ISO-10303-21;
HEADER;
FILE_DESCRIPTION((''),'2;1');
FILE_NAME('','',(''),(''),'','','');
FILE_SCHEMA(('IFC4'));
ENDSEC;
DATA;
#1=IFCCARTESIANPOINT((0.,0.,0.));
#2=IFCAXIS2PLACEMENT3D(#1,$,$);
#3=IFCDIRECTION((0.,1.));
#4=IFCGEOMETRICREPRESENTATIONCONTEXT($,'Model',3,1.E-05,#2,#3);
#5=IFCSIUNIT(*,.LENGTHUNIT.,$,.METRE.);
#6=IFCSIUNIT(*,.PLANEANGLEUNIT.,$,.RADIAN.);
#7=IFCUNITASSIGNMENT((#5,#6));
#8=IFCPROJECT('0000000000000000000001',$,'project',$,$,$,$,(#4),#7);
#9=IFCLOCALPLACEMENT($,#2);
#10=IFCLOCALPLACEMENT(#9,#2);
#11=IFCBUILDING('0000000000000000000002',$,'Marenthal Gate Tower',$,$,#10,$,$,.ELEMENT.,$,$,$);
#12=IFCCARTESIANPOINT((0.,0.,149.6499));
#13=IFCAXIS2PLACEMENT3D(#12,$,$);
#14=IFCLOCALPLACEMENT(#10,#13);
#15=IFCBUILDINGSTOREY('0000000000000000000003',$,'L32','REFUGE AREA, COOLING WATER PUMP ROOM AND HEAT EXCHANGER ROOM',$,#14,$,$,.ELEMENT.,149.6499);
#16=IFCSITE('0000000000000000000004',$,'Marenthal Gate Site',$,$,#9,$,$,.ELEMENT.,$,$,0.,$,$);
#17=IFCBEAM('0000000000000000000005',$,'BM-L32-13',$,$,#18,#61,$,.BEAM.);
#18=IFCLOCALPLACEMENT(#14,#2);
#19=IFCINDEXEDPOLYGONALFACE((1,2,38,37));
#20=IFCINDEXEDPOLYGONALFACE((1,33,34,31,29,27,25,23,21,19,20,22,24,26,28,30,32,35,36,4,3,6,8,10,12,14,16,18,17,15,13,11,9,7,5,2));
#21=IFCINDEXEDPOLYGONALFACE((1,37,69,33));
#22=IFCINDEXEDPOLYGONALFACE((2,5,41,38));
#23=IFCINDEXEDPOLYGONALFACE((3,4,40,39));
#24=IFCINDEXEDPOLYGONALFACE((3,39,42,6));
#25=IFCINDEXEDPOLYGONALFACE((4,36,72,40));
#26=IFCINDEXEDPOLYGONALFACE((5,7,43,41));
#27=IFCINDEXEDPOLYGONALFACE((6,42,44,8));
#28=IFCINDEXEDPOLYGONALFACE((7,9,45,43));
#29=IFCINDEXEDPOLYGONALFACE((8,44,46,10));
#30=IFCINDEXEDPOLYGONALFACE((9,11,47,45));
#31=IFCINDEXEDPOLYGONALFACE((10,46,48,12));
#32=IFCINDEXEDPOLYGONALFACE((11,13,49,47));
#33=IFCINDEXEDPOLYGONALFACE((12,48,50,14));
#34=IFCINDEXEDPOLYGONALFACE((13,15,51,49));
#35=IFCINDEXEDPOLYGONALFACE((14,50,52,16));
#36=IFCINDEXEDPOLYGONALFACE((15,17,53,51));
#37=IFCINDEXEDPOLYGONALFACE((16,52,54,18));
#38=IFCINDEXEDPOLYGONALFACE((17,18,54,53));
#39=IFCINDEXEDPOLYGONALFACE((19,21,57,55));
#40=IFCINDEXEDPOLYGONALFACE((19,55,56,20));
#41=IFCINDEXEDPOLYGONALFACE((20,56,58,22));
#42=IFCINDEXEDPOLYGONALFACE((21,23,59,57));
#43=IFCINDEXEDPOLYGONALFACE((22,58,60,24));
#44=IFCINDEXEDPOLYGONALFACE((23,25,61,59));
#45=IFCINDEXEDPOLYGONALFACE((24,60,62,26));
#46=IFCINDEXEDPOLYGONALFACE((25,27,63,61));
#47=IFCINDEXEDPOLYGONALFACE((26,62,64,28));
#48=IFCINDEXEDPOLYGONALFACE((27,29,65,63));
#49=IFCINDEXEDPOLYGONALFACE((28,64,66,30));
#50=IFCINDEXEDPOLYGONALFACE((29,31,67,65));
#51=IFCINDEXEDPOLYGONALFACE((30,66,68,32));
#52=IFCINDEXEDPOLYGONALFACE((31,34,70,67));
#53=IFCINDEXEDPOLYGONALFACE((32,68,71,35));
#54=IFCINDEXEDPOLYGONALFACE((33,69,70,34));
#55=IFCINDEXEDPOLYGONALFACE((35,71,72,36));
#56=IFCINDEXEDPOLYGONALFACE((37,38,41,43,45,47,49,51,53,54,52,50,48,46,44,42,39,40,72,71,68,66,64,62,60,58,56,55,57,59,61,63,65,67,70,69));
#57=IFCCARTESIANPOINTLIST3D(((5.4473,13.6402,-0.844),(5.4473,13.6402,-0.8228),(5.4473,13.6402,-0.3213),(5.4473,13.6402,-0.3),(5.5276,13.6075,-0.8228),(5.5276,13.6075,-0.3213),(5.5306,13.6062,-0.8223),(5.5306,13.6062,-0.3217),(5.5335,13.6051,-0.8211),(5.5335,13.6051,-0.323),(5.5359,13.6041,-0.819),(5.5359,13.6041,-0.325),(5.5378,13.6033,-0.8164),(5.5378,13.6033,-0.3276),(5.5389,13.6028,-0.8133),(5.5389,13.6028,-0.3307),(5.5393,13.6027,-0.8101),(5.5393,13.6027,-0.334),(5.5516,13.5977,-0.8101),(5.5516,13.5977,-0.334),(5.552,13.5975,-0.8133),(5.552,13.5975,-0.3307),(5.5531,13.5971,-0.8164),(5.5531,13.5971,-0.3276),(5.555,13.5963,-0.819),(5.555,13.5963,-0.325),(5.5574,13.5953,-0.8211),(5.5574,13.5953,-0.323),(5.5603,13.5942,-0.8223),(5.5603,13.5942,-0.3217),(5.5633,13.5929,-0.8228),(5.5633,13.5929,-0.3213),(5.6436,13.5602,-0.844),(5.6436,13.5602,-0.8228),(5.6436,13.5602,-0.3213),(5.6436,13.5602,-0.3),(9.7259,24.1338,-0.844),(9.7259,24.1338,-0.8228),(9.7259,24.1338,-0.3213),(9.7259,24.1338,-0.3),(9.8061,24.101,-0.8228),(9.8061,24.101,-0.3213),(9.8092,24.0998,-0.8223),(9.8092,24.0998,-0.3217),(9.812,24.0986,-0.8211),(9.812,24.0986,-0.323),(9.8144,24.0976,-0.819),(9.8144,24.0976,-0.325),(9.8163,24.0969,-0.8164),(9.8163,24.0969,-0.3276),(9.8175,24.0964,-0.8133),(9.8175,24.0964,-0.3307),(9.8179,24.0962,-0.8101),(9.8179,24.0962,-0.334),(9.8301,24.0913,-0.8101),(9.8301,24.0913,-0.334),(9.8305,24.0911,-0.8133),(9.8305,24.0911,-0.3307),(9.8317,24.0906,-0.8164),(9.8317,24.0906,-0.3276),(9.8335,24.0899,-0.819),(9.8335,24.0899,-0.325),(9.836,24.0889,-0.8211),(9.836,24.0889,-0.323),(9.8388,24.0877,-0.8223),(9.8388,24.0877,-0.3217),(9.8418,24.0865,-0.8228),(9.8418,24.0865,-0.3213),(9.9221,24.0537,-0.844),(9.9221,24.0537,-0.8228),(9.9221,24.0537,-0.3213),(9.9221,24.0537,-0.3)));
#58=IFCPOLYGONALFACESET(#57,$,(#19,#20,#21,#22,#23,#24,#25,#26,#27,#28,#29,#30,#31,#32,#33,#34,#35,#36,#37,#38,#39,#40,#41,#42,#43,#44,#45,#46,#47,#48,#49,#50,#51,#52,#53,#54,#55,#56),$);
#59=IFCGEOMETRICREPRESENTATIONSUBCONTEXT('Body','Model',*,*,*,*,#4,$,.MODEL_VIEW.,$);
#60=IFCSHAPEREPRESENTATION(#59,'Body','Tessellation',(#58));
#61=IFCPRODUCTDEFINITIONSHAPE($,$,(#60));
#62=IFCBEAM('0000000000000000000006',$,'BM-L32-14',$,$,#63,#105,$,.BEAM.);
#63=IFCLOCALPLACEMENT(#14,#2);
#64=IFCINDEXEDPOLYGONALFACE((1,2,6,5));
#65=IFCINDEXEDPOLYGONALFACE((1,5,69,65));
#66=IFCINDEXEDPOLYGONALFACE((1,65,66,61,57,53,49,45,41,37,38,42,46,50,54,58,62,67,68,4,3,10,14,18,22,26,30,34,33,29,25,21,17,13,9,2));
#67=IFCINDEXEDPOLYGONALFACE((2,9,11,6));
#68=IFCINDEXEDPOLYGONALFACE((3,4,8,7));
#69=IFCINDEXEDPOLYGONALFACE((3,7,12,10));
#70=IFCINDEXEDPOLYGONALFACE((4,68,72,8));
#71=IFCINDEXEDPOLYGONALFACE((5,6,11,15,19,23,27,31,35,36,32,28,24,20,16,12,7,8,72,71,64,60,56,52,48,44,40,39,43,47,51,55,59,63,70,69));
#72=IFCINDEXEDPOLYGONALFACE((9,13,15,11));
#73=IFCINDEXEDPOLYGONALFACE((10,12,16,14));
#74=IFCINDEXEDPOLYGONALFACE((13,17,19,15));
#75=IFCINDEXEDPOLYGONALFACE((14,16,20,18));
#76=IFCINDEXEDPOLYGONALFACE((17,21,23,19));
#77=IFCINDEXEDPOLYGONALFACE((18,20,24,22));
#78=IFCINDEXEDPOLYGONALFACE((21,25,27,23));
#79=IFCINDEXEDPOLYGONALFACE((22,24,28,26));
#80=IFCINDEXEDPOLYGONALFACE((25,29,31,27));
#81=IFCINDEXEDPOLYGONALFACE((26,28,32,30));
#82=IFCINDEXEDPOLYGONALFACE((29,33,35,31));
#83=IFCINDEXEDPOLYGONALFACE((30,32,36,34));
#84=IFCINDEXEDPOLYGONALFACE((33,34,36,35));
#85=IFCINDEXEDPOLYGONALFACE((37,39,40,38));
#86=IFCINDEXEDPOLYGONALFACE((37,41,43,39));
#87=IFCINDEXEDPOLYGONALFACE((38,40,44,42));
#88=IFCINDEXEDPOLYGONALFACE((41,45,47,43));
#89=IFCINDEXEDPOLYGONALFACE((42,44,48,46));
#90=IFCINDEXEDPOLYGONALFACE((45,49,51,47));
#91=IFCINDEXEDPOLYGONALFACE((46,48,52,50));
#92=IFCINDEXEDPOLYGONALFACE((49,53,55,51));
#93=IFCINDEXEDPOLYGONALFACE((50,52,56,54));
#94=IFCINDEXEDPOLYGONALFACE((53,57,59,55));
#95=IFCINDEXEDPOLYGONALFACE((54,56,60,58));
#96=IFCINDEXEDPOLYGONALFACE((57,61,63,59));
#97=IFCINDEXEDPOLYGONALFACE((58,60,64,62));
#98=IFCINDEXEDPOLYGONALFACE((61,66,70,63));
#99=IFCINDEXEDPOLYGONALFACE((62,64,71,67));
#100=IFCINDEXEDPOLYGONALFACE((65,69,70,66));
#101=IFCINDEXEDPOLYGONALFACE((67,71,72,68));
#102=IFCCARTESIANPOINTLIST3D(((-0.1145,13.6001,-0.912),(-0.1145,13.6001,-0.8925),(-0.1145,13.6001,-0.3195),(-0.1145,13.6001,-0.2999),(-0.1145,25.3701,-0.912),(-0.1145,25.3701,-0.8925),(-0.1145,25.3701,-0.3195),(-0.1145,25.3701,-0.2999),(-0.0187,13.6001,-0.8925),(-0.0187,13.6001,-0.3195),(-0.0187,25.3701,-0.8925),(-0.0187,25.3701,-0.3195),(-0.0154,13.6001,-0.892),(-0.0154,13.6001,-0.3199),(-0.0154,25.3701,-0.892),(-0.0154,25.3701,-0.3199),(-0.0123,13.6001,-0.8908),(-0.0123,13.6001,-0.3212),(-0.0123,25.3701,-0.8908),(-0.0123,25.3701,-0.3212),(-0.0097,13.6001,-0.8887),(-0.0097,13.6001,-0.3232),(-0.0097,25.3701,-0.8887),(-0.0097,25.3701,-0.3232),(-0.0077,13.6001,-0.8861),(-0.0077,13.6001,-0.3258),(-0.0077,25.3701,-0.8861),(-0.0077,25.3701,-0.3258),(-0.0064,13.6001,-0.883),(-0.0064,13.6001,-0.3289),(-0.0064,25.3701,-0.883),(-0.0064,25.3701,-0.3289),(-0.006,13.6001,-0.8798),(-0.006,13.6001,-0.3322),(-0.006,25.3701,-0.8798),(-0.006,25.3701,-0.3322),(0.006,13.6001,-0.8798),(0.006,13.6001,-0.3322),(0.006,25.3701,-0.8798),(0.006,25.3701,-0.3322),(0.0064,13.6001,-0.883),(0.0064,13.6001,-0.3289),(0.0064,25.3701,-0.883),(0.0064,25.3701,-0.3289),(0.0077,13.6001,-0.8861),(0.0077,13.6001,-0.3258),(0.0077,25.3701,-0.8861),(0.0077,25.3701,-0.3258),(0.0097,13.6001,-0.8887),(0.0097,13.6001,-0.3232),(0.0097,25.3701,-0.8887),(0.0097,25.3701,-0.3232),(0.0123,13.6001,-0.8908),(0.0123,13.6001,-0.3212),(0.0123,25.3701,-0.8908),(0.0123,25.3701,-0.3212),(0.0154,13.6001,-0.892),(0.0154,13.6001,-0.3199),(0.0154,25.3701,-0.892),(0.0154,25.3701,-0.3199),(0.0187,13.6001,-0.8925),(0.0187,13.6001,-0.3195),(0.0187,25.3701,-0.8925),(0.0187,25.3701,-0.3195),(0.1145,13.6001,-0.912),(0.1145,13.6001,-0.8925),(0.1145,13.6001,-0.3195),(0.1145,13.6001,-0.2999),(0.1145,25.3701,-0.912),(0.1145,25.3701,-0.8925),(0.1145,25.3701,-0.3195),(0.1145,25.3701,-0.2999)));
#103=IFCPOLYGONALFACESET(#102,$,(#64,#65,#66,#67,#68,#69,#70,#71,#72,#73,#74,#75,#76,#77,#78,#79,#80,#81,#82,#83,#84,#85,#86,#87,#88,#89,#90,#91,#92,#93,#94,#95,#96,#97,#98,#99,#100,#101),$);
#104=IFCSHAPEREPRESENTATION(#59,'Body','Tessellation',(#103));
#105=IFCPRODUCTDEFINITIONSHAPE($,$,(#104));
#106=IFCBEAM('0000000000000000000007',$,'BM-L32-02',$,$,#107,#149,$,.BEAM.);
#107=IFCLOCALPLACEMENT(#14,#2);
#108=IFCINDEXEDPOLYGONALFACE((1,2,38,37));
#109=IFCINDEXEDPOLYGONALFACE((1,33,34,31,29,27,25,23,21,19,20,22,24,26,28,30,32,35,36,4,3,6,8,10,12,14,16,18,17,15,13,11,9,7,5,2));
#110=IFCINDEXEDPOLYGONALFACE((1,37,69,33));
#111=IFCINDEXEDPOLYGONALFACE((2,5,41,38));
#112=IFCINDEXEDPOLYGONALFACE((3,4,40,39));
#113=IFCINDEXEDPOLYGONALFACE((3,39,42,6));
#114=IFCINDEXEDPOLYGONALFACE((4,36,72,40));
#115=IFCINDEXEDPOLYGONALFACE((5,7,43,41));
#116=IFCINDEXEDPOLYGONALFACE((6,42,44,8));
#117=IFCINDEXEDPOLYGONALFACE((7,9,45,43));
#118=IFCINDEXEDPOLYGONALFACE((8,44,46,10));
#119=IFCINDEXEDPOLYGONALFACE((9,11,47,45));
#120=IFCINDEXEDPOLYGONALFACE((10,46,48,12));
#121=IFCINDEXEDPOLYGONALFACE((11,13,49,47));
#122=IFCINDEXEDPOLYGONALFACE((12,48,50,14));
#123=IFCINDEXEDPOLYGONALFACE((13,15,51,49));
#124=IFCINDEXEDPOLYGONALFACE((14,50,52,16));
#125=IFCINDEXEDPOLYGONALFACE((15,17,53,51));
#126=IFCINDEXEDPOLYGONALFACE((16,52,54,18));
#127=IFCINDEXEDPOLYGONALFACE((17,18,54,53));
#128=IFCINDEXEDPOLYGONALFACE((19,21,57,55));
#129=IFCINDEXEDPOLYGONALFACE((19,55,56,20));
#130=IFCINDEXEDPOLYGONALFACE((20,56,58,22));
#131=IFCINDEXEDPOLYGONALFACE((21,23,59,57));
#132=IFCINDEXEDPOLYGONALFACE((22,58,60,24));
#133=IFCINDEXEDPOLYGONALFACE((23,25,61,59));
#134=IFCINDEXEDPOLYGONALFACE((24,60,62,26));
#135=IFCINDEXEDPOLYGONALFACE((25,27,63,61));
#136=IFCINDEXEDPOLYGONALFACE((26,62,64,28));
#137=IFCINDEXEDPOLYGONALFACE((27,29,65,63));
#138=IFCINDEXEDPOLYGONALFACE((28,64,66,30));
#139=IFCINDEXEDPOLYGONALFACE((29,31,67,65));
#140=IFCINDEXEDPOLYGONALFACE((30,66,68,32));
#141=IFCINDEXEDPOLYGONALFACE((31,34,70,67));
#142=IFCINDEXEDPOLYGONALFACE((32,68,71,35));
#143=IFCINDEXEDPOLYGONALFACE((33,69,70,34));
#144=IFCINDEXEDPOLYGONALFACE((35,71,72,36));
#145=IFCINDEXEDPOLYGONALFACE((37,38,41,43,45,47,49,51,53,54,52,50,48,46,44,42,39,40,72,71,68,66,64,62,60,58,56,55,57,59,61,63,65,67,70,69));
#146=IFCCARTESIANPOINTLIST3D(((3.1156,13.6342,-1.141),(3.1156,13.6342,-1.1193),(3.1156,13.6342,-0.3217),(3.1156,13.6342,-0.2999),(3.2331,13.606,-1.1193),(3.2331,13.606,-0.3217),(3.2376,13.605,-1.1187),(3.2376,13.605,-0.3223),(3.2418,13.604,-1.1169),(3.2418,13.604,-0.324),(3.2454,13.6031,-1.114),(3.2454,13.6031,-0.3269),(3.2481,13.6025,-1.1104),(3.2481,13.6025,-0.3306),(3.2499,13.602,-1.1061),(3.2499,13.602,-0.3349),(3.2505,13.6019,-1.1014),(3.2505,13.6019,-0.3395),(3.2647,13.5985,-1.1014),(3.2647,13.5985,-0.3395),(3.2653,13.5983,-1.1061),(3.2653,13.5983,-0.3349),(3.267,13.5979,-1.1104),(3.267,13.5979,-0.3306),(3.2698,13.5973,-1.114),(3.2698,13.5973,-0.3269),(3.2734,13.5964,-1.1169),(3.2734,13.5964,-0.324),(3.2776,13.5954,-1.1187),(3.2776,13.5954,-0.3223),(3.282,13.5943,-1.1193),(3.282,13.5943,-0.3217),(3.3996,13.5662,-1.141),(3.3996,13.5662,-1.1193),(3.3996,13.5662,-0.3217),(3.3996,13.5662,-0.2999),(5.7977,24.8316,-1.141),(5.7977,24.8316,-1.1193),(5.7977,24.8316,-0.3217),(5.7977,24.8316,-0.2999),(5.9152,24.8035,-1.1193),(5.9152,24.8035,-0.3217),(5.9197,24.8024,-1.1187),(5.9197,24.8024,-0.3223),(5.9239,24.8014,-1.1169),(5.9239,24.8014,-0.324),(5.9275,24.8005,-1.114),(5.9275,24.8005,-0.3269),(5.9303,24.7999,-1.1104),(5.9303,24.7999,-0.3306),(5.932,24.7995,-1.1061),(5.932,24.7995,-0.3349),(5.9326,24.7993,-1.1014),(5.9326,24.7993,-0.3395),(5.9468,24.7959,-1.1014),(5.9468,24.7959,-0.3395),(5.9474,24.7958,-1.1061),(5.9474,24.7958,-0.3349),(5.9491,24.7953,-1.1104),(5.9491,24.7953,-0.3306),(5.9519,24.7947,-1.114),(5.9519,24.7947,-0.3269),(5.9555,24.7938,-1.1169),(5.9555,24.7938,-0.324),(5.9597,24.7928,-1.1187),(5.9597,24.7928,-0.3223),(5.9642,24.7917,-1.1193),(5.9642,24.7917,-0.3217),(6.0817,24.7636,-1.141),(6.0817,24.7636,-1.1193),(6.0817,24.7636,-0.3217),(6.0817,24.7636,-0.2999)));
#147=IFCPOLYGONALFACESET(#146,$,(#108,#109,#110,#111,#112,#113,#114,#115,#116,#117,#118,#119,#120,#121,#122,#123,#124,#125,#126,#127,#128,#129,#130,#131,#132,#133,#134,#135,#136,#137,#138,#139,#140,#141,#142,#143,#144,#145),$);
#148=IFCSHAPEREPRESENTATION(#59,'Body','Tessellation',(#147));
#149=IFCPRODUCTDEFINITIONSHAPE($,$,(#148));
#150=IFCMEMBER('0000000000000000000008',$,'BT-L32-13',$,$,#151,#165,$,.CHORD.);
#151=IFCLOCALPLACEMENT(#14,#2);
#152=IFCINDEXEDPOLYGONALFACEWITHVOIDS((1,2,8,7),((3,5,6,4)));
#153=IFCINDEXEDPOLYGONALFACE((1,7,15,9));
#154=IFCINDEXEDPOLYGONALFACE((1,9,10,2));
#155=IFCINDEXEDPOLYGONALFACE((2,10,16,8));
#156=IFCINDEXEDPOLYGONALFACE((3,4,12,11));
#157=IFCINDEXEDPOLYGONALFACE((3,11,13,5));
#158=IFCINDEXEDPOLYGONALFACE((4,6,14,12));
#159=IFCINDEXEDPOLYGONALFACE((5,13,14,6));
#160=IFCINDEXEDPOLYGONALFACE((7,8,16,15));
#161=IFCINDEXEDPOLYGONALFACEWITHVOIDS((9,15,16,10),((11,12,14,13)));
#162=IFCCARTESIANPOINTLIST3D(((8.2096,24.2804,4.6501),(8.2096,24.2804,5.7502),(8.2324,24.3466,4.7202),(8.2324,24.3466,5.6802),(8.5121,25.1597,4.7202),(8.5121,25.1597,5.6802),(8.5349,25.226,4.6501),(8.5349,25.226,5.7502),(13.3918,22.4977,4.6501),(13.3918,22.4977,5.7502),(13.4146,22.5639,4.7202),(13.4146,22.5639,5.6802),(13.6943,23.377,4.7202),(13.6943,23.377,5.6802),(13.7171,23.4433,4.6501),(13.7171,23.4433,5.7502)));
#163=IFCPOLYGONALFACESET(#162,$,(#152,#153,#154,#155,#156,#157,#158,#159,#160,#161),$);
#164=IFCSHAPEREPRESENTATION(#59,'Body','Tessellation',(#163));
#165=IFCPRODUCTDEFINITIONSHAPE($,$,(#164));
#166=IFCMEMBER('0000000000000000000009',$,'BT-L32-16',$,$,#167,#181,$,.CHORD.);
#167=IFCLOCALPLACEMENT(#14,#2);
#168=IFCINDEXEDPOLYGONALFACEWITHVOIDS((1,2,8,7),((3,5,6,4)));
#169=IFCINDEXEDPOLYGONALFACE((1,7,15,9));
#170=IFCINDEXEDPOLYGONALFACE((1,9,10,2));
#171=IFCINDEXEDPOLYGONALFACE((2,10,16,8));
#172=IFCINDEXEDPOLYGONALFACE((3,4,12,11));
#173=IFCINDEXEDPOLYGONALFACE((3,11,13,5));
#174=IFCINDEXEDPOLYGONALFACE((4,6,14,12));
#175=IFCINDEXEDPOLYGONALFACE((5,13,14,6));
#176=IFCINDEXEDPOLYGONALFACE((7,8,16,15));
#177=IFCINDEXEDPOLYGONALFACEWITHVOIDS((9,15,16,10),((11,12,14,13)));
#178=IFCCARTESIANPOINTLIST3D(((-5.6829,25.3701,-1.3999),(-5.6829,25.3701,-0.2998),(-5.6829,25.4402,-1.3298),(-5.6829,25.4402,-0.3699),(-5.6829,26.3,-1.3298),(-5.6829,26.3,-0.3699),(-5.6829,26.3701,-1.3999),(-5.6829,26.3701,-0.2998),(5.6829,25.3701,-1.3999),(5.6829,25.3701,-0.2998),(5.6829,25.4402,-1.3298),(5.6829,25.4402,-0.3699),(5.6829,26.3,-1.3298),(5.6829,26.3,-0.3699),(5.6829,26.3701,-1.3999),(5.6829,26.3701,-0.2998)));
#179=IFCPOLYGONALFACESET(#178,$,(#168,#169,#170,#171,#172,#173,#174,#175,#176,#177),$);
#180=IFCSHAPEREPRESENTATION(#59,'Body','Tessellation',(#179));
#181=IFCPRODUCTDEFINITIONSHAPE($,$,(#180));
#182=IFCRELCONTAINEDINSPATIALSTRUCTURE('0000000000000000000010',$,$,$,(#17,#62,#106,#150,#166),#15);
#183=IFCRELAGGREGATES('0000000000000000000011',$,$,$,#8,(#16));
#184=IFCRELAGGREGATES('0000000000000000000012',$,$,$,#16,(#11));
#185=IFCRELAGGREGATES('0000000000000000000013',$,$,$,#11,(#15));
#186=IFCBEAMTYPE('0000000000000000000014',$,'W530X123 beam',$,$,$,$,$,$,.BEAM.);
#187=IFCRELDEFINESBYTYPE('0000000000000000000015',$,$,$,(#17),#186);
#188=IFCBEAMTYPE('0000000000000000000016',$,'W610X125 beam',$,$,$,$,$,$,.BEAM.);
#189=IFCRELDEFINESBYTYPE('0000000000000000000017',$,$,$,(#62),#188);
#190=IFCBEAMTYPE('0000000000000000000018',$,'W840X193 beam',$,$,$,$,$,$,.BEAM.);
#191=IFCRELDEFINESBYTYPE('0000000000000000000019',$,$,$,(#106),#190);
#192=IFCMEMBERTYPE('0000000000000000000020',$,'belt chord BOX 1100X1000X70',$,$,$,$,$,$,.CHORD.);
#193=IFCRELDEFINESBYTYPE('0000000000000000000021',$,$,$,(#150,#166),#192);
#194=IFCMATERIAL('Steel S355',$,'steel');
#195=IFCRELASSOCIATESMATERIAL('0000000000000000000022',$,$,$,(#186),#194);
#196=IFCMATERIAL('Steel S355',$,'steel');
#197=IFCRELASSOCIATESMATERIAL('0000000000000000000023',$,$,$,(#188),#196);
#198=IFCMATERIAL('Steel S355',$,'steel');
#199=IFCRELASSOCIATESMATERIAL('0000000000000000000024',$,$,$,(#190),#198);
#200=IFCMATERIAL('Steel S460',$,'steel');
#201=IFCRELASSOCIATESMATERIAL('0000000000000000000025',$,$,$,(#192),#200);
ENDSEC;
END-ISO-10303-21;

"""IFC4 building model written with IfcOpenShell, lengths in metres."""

from ifc_helpers import new_model, si_unit, direction, frame, origin, origin_2d, place, context, subcontext, project, spatial, hollow_rectangle, i_section, extrude, material, material_profile, profile_set, type_object, element, save


model = new_model("IFC4")

# Units and contexts
model_context = context("Model", 3, precision=1e-05, world=origin(), true_north=direction((0.0, 1.0)))
body_context = subcontext(model_context, "Body", "Model", "MODEL_VIEW")
ifc_project = project(units=[si_unit("LENGTHUNIT", "METRE"), si_unit("PLANEANGLEUNIT", "RADIAN")], contexts=[model_context])

# Site, building, storey
site_placement = place(None, origin())
site = spatial("IfcSite", under=ifc_project, at=site_placement, Name="Marenthal Gate Site", CompositionType="ELEMENT", RefElevation=0.0)
building_placement = place(site_placement, origin())
building = spatial("IfcBuilding", under=site, at=building_placement, Name="Marenthal Gate Tower", CompositionType="ELEMENT")
storey_placement = place(building_placement, frame((0.0, 0.0, 149.6499)))
storey = spatial("IfcBuildingStorey", under=building, at=storey_placement, Name="L32", Description="REFUGE AREA, COOLING WATER PUMP ROOM AND HEAT EXCHANGER ROOM", CompositionType="ELEMENT", Elevation=149.6499)

# Beams
ifc_material_1 = material(Name="Steel S355", Category="steel")
ifc_material_profile_1 = material_profile(ifc_material_1, i_section(OverallWidth=0.2119, OverallDepth=0.5439, WebThickness=0.0132, FlangeThickness=0.0212, FilletRadius=0.0127, at=origin_2d()), Name="W530X123")
ifc_profile_set_1 = profile_set([ifc_material_profile_1], Name="Steel S355")
beam_type_1 = type_object("IfcBeamType", Name="W530X123 beam", PredefinedType="BEAM", material=ifc_profile_set_1)
beam_1_placement = place(storey_placement, frame((9.824, 24.0938, -0.572), z_axis=(-0.377552, -0.925988, 0.0), x_axis=(0.925988, -0.377552, 0.0)))
element("IfcBeam", 1, at=beam_1_placement, inside=storey, type_object=beam_type_1, Name="BM-L32-13", PredefinedType="BEAM", context=body_context, shape_type="SweptSolid", body=[
    extrude(i_section(OverallWidth=0.2119, OverallDepth=0.5439, WebThickness=0.0132, FlangeThickness=0.0212, FilletRadius=0.0127, at=origin_2d()), origin(), (0.0, 0.0, 1.0), 11.3323),
])
ifc_material_2 = material(Name="Steel S355", Category="steel")
ifc_material_profile_2 = material_profile(ifc_material_2, i_section(OverallWidth=0.229, OverallDepth=0.6121, WebThickness=0.012, FlangeThickness=0.0195, FilletRadius=0.0127, at=origin_2d()), Name="W610X125")
ifc_profile_set_2 = profile_set([ifc_material_profile_2], Name="Steel S355")
beam_type_2 = type_object("IfcBeamType", Name="W610X125 beam", PredefinedType="BEAM", material=ifc_profile_set_2)
beam_2_placement = place(storey_placement, frame((0.0, 25.3701, -0.606), z_axis=(0.0, -1.0, 0.0), x_axis=(1.0, 0.0, 0.0)))
element("IfcBeam", 2, at=beam_2_placement, inside=storey, type_object=beam_type_2, Name="BM-L32-14", PredefinedType="BEAM", context=body_context, shape_type="SweptSolid", body=[
    extrude(i_section(OverallWidth=0.229, OverallDepth=0.6121, WebThickness=0.012, FlangeThickness=0.0195, FilletRadius=0.0127, at=origin_2d()), origin(), (0.0, 0.0, 1.0), 11.77),
])
ifc_material_3 = material(Name="Steel S355", Category="steel")
ifc_material_profile_3 = material_profile(ifc_material_3, i_section(OverallWidth=0.292, OverallDepth=0.8411, WebThickness=0.0146, FlangeThickness=0.0217, FilletRadius=0.0178, at=origin_2d()), Name="W840X193")
ifc_profile_set_3 = profile_set([ifc_material_profile_3], Name="Steel S355")
beam_type_3 = type_object("IfcBeamType", Name="W840X193 beam", PredefinedType="BEAM", material=ifc_profile_set_3)
beam_3_placement = place(storey_placement, frame((5.9397, 24.7976, -0.7205), z_axis=(-0.23294, -0.972491, 0.0), x_axis=(0.972491, -0.23294, 0.0)))
element("IfcBeam", 3, at=beam_3_placement, inside=storey, type_object=beam_type_3, Name="BM-L32-02", PredefinedType="BEAM", context=body_context, shape_type="SweptSolid", body=[
    extrude(i_section(OverallWidth=0.292, OverallDepth=0.8411, WebThickness=0.0146, FlangeThickness=0.0217, FilletRadius=0.0178, at=origin_2d()), origin(), (0.0, 0.0, 1.0), 11.5142),
])

# Members
ifc_material_4 = material(Name="Steel S460", Category="steel")
ifc_material_profile_4 = material_profile(ifc_material_4, hollow_rectangle(XDim=1.0, YDim=1.1001, WallThickness=0.0701, at=origin_2d()), Name="BOX 1100X1000X70")
ifc_profile_set_4 = profile_set([ifc_material_profile_4], Name="Steel S460")
member_type_1 = type_object("IfcMemberType", Name="belt chord BOX 1100X1000X70", PredefinedType="CHORD", material=ifc_profile_set_4)
member_1_placement = place(storey_placement, frame((13.5544, 22.9705, 5.2002), z_axis=(-0.94561, 0.325301, 0.0), x_axis=(-0.325301, -0.94561, 0.0)))
element("IfcMember", 4, at=member_1_placement, inside=storey, type_object=member_type_1, Name="BT-L32-13", PredefinedType="CHORD", context=body_context, shape_type="SweptSolid", body=[
    extrude(hollow_rectangle(XDim=1.0, YDim=1.1001, WallThickness=0.0701, at=origin_2d()), origin(), (0.0, 0.0, 1.0), 5.4802),
])
member_2_placement = place(storey_placement, frame((5.6829, 25.8701, -0.8499), z_axis=(-1.0, 0.0, 0.0), x_axis=(0.0, -1.0, 0.0)))
element("IfcMember", 5, at=member_2_placement, inside=storey, type_object=member_type_1, Name="BT-L32-16", PredefinedType="CHORD", context=body_context, shape_type="SweptSolid", body=[
    extrude(hollow_rectangle(XDim=1.0, YDim=1.1001, WallThickness=0.0701, at=origin_2d()), origin(), (0.0, 0.0, 1.0), 11.3657),
])

save(model, "model.ifc")
